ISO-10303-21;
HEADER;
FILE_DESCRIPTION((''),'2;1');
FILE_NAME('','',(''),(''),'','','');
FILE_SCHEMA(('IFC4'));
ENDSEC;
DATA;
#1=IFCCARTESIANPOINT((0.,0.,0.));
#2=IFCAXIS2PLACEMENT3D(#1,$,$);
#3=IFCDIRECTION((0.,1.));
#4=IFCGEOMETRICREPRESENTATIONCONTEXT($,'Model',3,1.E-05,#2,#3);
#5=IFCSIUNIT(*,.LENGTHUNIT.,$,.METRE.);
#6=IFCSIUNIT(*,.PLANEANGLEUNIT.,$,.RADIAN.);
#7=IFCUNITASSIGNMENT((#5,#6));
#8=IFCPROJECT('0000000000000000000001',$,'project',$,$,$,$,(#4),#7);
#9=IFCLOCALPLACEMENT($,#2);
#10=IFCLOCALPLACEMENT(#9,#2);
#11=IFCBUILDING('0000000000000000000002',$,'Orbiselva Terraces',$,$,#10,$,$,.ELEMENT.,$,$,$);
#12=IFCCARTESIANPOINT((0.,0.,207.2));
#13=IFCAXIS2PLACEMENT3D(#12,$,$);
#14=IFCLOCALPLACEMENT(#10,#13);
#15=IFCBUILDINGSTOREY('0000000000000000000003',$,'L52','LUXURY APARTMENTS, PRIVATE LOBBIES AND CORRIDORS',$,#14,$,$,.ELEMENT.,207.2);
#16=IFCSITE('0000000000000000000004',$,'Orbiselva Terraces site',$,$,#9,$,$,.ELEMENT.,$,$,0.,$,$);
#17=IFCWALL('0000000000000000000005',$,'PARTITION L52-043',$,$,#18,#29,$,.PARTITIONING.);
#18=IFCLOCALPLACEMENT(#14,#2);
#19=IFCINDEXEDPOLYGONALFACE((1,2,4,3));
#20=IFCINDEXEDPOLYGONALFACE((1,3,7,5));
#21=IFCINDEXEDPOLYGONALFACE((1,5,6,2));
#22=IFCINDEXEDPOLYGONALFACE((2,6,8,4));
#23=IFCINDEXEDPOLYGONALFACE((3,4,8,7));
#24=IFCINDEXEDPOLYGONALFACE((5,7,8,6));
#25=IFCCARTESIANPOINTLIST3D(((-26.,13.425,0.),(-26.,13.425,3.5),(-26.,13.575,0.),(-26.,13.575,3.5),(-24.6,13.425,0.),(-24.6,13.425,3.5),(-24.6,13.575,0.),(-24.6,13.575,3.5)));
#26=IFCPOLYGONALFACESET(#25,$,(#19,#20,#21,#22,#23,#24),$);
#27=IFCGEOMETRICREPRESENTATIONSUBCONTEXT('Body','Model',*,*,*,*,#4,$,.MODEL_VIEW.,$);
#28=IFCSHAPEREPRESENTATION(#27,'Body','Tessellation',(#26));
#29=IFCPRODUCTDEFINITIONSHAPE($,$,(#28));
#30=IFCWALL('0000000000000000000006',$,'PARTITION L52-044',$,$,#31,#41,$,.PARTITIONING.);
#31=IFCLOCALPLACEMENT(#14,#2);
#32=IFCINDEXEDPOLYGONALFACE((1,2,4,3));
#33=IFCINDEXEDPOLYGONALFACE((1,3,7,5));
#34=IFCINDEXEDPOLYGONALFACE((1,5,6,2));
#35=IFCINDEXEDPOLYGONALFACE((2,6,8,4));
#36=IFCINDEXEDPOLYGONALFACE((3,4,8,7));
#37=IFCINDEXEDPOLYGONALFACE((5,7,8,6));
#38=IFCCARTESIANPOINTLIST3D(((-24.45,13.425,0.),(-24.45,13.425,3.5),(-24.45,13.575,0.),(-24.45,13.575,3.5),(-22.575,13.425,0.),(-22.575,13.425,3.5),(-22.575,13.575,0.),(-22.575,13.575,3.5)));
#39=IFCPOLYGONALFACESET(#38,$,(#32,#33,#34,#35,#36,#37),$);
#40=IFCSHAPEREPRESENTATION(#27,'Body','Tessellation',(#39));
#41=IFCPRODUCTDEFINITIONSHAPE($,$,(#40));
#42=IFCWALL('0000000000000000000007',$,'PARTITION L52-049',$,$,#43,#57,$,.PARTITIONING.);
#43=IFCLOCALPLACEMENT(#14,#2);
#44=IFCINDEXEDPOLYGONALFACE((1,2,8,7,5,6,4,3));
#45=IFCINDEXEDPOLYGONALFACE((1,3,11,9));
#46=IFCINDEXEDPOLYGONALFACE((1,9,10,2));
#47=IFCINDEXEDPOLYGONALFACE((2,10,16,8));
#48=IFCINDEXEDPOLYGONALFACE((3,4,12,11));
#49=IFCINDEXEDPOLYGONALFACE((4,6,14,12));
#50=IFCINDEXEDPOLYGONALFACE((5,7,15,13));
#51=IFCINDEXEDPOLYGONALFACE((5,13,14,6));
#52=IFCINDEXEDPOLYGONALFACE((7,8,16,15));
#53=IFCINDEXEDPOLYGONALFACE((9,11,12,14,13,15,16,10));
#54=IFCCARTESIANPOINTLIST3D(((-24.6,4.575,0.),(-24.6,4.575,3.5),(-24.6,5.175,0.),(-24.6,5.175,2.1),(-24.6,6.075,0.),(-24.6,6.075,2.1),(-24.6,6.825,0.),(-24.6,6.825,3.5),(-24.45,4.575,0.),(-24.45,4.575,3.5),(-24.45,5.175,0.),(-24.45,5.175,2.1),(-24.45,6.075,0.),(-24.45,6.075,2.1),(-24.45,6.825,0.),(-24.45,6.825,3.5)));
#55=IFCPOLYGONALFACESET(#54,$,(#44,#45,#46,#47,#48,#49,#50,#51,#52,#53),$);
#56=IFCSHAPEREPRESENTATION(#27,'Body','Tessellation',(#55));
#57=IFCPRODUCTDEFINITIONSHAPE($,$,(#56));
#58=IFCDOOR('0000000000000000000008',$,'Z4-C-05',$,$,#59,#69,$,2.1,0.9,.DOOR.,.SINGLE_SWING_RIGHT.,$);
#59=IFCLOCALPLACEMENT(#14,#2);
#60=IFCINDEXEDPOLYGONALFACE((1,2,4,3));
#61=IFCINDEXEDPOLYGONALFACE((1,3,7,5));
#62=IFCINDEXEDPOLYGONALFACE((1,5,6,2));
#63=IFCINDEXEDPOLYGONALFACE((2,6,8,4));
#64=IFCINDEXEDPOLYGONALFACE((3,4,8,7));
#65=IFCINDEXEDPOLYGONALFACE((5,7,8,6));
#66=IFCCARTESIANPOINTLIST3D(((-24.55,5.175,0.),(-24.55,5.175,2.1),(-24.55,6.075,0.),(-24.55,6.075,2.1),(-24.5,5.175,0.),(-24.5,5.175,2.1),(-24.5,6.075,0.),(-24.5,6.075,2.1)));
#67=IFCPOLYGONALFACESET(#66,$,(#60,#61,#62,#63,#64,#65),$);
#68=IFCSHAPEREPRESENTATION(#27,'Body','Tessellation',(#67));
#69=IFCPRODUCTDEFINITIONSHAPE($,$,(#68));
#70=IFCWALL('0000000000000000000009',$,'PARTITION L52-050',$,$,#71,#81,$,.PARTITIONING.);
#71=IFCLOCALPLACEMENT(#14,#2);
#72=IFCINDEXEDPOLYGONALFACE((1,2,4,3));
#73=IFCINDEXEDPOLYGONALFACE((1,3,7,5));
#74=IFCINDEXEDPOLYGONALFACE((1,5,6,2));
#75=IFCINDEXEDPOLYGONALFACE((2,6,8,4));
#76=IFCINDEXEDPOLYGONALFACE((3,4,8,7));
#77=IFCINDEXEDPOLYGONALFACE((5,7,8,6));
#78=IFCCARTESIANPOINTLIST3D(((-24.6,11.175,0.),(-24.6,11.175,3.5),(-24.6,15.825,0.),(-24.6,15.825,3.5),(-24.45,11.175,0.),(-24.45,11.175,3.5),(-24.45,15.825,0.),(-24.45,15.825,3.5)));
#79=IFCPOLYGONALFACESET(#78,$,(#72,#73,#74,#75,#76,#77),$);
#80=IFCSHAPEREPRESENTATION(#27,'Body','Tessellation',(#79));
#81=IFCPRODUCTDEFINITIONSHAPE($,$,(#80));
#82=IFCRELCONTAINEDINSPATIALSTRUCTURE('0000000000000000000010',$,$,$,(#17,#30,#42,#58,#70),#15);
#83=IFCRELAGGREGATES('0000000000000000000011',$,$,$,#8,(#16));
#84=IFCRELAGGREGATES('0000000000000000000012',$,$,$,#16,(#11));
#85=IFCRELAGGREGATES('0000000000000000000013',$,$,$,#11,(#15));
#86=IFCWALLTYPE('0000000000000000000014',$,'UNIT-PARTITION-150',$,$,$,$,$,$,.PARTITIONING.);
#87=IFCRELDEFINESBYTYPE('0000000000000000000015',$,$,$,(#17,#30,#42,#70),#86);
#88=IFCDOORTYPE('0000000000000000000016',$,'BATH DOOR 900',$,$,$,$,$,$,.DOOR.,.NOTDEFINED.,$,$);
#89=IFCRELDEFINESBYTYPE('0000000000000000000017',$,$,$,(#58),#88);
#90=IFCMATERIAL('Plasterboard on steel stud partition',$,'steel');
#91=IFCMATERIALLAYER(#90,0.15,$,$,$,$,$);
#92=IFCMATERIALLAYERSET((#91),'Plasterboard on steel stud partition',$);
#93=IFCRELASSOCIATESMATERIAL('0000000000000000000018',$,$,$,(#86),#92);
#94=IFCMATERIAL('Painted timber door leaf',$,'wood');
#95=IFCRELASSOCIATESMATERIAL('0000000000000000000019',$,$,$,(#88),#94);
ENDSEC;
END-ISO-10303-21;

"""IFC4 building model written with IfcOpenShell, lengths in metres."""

from ifc_helpers import new_model, si_unit, direction, frame, frame_2d, origin, place, context, subcontext, project, spatial, rectangle, extrude, material, layer, layer_set, type_object, element, fill, save


model = new_model("IFC4")

# Units and contexts
model_context = context("Model", 3, precision=1e-05, world=origin(), true_north=direction((0.0, 1.0)))
body_context = subcontext(model_context, "Body", "Model", "MODEL_VIEW")
ifc_project = project(units=[si_unit("LENGTHUNIT", "METRE"), si_unit("PLANEANGLEUNIT", "RADIAN")], contexts=[model_context])

# Site, building, storey
site_placement = place(None, origin())
site = spatial("IfcSite", under=ifc_project, at=site_placement, Name="Orbiselva Terraces site", CompositionType="ELEMENT", RefElevation=0.0)
building_placement = place(site_placement, origin())
building = spatial("IfcBuilding", under=site, at=building_placement, Name="Orbiselva Terraces", CompositionType="ELEMENT")
storey_placement = place(building_placement, frame((0.0, 0.0, 207.2)))
storey = spatial("IfcBuildingStorey", under=building, at=storey_placement, Name="L52", Description="LUXURY APARTMENTS, PRIVATE LOBBIES AND CORRIDORS", CompositionType="ELEMENT", Elevation=207.2)

# Shared definitions
ifc_material_1 = material(Name="Plasterboard on steel stud partition", Category="steel")
ifc_layer_1 = layer(ifc_material_1, 0.15)
ifc_layer_set_1 = layer_set([ifc_layer_1], Name="Plasterboard on steel stud partition")
wall_type_1 = type_object("IfcWallType", Name="UNIT-PARTITION-150", PredefinedType="PARTITIONING", material=ifc_layer_set_1)

# Shared definitions
ifc_material_2 = material(Name="Painted timber door leaf", Category="wood")
door_type_1 = type_object("IfcDoorType", Name="BATH DOOR 900", OperationType="NOTDEFINED", PredefinedType="DOOR", material=ifc_material_2)

# Walls
wall_1_placement = place(storey_placement, frame((-26.0, 13.5, 0.0), z_axis=(0.0, 0.0, 1.0), x_axis=(1.0, 0.0, 0.0)))
element("IfcWall", 1, at=wall_1_placement, inside=storey, type_object=wall_type_1, Name="PARTITION L52-043", PredefinedType="PARTITIONING", context=body_context, shape_type="SweptSolid", body=[
    extrude(rectangle(XDim=1.4, YDim=0.15, at=frame_2d((0.7, 0.0))), origin(), (0.0, 0.0, 1.0), 3.5),
])
wall_2_placement = place(storey_placement, frame((-24.45, 13.5, 0.0), z_axis=(0.0, 0.0, 1.0), x_axis=(1.0, 0.0, 0.0)))
element("IfcWall", 2, at=wall_2_placement, inside=storey, type_object=wall_type_1, Name="PARTITION L52-044", PredefinedType="PARTITIONING", context=body_context, shape_type="SweptSolid", body=[
    extrude(rectangle(XDim=1.875, YDim=0.15, at=frame_2d((0.9375, 0.0))), origin(), (0.0, 0.0, 1.0), 3.5),
])

# Wall, opening, door
wall_3_placement = place(storey_placement, frame((-24.525, 6.825, 0.0), z_axis=(0.0, 0.0, 1.0), x_axis=(0.0, -1.0, 0.0)))
wall_3 = element("IfcWall", 3, at=wall_3_placement, inside=storey, type_object=wall_type_1, Name="PARTITION L52-049", PredefinedType="PARTITIONING", context=body_context, shape_type="SweptSolid", body=[
    extrude(rectangle(XDim=2.25, YDim=0.15, at=frame_2d((1.125, 0.0))), origin(), (0.0, 0.0, 1.0), 3.5),
])
opening_1_placement = place(wall_3_placement, frame((0.75, 0.0, 0.0)))
opening_1 = element("IfcOpeningElement", 4, at=opening_1_placement, cuts=wall_3, PredefinedType="OPENING", context=body_context, shape_type="SweptSolid", body=[
    extrude(rectangle(XDim=0.9, YDim=2.1, at=frame_2d((0.45, 1.05))), frame((0.0, 0.085, 0.0), z_axis=(0.0, -1.0, 0.0), x_axis=(1.0, 0.0, 0.0)), (0.0, 0.0, 1.0), 0.17),
])
door_1_placement = place(opening_1_placement, origin())
door_1 = element("IfcDoor", 5, at=door_1_placement, inside=storey, type_object=door_type_1, Name="Z4-C-05", OperationType="SINGLE_SWING_RIGHT", OverallHeight=2.1, OverallWidth=0.9, PredefinedType="DOOR", context=body_context, shape_type="SweptSolid", body=[
    extrude(rectangle(XDim=0.9, YDim=2.1, at=frame_2d((0.45, 1.05))), frame((0.0, 0.025, 0.0), z_axis=(0.0, -1.0, 0.0), x_axis=(1.0, 0.0, 0.0)), (0.0, 0.0, 1.0), 0.05),
])
fill(opening_1, door_1)

# Wall
wall_4_placement = place(storey_placement, frame((-24.525, 11.175, 0.0), z_axis=(0.0, 0.0, 1.0), x_axis=(0.0, 1.0, 0.0)))
element("IfcWall", 6, at=wall_4_placement, inside=storey, type_object=wall_type_1, Name="PARTITION L52-050", PredefinedType="PARTITIONING", context=body_context, shape_type="SweptSolid", body=[
    extrude(rectangle(XDim=4.65, YDim=0.15, at=frame_2d((2.325, 0.0))), origin(), (0.0, 0.0, 1.0), 3.5),
])

save(model, "model.ifc")
